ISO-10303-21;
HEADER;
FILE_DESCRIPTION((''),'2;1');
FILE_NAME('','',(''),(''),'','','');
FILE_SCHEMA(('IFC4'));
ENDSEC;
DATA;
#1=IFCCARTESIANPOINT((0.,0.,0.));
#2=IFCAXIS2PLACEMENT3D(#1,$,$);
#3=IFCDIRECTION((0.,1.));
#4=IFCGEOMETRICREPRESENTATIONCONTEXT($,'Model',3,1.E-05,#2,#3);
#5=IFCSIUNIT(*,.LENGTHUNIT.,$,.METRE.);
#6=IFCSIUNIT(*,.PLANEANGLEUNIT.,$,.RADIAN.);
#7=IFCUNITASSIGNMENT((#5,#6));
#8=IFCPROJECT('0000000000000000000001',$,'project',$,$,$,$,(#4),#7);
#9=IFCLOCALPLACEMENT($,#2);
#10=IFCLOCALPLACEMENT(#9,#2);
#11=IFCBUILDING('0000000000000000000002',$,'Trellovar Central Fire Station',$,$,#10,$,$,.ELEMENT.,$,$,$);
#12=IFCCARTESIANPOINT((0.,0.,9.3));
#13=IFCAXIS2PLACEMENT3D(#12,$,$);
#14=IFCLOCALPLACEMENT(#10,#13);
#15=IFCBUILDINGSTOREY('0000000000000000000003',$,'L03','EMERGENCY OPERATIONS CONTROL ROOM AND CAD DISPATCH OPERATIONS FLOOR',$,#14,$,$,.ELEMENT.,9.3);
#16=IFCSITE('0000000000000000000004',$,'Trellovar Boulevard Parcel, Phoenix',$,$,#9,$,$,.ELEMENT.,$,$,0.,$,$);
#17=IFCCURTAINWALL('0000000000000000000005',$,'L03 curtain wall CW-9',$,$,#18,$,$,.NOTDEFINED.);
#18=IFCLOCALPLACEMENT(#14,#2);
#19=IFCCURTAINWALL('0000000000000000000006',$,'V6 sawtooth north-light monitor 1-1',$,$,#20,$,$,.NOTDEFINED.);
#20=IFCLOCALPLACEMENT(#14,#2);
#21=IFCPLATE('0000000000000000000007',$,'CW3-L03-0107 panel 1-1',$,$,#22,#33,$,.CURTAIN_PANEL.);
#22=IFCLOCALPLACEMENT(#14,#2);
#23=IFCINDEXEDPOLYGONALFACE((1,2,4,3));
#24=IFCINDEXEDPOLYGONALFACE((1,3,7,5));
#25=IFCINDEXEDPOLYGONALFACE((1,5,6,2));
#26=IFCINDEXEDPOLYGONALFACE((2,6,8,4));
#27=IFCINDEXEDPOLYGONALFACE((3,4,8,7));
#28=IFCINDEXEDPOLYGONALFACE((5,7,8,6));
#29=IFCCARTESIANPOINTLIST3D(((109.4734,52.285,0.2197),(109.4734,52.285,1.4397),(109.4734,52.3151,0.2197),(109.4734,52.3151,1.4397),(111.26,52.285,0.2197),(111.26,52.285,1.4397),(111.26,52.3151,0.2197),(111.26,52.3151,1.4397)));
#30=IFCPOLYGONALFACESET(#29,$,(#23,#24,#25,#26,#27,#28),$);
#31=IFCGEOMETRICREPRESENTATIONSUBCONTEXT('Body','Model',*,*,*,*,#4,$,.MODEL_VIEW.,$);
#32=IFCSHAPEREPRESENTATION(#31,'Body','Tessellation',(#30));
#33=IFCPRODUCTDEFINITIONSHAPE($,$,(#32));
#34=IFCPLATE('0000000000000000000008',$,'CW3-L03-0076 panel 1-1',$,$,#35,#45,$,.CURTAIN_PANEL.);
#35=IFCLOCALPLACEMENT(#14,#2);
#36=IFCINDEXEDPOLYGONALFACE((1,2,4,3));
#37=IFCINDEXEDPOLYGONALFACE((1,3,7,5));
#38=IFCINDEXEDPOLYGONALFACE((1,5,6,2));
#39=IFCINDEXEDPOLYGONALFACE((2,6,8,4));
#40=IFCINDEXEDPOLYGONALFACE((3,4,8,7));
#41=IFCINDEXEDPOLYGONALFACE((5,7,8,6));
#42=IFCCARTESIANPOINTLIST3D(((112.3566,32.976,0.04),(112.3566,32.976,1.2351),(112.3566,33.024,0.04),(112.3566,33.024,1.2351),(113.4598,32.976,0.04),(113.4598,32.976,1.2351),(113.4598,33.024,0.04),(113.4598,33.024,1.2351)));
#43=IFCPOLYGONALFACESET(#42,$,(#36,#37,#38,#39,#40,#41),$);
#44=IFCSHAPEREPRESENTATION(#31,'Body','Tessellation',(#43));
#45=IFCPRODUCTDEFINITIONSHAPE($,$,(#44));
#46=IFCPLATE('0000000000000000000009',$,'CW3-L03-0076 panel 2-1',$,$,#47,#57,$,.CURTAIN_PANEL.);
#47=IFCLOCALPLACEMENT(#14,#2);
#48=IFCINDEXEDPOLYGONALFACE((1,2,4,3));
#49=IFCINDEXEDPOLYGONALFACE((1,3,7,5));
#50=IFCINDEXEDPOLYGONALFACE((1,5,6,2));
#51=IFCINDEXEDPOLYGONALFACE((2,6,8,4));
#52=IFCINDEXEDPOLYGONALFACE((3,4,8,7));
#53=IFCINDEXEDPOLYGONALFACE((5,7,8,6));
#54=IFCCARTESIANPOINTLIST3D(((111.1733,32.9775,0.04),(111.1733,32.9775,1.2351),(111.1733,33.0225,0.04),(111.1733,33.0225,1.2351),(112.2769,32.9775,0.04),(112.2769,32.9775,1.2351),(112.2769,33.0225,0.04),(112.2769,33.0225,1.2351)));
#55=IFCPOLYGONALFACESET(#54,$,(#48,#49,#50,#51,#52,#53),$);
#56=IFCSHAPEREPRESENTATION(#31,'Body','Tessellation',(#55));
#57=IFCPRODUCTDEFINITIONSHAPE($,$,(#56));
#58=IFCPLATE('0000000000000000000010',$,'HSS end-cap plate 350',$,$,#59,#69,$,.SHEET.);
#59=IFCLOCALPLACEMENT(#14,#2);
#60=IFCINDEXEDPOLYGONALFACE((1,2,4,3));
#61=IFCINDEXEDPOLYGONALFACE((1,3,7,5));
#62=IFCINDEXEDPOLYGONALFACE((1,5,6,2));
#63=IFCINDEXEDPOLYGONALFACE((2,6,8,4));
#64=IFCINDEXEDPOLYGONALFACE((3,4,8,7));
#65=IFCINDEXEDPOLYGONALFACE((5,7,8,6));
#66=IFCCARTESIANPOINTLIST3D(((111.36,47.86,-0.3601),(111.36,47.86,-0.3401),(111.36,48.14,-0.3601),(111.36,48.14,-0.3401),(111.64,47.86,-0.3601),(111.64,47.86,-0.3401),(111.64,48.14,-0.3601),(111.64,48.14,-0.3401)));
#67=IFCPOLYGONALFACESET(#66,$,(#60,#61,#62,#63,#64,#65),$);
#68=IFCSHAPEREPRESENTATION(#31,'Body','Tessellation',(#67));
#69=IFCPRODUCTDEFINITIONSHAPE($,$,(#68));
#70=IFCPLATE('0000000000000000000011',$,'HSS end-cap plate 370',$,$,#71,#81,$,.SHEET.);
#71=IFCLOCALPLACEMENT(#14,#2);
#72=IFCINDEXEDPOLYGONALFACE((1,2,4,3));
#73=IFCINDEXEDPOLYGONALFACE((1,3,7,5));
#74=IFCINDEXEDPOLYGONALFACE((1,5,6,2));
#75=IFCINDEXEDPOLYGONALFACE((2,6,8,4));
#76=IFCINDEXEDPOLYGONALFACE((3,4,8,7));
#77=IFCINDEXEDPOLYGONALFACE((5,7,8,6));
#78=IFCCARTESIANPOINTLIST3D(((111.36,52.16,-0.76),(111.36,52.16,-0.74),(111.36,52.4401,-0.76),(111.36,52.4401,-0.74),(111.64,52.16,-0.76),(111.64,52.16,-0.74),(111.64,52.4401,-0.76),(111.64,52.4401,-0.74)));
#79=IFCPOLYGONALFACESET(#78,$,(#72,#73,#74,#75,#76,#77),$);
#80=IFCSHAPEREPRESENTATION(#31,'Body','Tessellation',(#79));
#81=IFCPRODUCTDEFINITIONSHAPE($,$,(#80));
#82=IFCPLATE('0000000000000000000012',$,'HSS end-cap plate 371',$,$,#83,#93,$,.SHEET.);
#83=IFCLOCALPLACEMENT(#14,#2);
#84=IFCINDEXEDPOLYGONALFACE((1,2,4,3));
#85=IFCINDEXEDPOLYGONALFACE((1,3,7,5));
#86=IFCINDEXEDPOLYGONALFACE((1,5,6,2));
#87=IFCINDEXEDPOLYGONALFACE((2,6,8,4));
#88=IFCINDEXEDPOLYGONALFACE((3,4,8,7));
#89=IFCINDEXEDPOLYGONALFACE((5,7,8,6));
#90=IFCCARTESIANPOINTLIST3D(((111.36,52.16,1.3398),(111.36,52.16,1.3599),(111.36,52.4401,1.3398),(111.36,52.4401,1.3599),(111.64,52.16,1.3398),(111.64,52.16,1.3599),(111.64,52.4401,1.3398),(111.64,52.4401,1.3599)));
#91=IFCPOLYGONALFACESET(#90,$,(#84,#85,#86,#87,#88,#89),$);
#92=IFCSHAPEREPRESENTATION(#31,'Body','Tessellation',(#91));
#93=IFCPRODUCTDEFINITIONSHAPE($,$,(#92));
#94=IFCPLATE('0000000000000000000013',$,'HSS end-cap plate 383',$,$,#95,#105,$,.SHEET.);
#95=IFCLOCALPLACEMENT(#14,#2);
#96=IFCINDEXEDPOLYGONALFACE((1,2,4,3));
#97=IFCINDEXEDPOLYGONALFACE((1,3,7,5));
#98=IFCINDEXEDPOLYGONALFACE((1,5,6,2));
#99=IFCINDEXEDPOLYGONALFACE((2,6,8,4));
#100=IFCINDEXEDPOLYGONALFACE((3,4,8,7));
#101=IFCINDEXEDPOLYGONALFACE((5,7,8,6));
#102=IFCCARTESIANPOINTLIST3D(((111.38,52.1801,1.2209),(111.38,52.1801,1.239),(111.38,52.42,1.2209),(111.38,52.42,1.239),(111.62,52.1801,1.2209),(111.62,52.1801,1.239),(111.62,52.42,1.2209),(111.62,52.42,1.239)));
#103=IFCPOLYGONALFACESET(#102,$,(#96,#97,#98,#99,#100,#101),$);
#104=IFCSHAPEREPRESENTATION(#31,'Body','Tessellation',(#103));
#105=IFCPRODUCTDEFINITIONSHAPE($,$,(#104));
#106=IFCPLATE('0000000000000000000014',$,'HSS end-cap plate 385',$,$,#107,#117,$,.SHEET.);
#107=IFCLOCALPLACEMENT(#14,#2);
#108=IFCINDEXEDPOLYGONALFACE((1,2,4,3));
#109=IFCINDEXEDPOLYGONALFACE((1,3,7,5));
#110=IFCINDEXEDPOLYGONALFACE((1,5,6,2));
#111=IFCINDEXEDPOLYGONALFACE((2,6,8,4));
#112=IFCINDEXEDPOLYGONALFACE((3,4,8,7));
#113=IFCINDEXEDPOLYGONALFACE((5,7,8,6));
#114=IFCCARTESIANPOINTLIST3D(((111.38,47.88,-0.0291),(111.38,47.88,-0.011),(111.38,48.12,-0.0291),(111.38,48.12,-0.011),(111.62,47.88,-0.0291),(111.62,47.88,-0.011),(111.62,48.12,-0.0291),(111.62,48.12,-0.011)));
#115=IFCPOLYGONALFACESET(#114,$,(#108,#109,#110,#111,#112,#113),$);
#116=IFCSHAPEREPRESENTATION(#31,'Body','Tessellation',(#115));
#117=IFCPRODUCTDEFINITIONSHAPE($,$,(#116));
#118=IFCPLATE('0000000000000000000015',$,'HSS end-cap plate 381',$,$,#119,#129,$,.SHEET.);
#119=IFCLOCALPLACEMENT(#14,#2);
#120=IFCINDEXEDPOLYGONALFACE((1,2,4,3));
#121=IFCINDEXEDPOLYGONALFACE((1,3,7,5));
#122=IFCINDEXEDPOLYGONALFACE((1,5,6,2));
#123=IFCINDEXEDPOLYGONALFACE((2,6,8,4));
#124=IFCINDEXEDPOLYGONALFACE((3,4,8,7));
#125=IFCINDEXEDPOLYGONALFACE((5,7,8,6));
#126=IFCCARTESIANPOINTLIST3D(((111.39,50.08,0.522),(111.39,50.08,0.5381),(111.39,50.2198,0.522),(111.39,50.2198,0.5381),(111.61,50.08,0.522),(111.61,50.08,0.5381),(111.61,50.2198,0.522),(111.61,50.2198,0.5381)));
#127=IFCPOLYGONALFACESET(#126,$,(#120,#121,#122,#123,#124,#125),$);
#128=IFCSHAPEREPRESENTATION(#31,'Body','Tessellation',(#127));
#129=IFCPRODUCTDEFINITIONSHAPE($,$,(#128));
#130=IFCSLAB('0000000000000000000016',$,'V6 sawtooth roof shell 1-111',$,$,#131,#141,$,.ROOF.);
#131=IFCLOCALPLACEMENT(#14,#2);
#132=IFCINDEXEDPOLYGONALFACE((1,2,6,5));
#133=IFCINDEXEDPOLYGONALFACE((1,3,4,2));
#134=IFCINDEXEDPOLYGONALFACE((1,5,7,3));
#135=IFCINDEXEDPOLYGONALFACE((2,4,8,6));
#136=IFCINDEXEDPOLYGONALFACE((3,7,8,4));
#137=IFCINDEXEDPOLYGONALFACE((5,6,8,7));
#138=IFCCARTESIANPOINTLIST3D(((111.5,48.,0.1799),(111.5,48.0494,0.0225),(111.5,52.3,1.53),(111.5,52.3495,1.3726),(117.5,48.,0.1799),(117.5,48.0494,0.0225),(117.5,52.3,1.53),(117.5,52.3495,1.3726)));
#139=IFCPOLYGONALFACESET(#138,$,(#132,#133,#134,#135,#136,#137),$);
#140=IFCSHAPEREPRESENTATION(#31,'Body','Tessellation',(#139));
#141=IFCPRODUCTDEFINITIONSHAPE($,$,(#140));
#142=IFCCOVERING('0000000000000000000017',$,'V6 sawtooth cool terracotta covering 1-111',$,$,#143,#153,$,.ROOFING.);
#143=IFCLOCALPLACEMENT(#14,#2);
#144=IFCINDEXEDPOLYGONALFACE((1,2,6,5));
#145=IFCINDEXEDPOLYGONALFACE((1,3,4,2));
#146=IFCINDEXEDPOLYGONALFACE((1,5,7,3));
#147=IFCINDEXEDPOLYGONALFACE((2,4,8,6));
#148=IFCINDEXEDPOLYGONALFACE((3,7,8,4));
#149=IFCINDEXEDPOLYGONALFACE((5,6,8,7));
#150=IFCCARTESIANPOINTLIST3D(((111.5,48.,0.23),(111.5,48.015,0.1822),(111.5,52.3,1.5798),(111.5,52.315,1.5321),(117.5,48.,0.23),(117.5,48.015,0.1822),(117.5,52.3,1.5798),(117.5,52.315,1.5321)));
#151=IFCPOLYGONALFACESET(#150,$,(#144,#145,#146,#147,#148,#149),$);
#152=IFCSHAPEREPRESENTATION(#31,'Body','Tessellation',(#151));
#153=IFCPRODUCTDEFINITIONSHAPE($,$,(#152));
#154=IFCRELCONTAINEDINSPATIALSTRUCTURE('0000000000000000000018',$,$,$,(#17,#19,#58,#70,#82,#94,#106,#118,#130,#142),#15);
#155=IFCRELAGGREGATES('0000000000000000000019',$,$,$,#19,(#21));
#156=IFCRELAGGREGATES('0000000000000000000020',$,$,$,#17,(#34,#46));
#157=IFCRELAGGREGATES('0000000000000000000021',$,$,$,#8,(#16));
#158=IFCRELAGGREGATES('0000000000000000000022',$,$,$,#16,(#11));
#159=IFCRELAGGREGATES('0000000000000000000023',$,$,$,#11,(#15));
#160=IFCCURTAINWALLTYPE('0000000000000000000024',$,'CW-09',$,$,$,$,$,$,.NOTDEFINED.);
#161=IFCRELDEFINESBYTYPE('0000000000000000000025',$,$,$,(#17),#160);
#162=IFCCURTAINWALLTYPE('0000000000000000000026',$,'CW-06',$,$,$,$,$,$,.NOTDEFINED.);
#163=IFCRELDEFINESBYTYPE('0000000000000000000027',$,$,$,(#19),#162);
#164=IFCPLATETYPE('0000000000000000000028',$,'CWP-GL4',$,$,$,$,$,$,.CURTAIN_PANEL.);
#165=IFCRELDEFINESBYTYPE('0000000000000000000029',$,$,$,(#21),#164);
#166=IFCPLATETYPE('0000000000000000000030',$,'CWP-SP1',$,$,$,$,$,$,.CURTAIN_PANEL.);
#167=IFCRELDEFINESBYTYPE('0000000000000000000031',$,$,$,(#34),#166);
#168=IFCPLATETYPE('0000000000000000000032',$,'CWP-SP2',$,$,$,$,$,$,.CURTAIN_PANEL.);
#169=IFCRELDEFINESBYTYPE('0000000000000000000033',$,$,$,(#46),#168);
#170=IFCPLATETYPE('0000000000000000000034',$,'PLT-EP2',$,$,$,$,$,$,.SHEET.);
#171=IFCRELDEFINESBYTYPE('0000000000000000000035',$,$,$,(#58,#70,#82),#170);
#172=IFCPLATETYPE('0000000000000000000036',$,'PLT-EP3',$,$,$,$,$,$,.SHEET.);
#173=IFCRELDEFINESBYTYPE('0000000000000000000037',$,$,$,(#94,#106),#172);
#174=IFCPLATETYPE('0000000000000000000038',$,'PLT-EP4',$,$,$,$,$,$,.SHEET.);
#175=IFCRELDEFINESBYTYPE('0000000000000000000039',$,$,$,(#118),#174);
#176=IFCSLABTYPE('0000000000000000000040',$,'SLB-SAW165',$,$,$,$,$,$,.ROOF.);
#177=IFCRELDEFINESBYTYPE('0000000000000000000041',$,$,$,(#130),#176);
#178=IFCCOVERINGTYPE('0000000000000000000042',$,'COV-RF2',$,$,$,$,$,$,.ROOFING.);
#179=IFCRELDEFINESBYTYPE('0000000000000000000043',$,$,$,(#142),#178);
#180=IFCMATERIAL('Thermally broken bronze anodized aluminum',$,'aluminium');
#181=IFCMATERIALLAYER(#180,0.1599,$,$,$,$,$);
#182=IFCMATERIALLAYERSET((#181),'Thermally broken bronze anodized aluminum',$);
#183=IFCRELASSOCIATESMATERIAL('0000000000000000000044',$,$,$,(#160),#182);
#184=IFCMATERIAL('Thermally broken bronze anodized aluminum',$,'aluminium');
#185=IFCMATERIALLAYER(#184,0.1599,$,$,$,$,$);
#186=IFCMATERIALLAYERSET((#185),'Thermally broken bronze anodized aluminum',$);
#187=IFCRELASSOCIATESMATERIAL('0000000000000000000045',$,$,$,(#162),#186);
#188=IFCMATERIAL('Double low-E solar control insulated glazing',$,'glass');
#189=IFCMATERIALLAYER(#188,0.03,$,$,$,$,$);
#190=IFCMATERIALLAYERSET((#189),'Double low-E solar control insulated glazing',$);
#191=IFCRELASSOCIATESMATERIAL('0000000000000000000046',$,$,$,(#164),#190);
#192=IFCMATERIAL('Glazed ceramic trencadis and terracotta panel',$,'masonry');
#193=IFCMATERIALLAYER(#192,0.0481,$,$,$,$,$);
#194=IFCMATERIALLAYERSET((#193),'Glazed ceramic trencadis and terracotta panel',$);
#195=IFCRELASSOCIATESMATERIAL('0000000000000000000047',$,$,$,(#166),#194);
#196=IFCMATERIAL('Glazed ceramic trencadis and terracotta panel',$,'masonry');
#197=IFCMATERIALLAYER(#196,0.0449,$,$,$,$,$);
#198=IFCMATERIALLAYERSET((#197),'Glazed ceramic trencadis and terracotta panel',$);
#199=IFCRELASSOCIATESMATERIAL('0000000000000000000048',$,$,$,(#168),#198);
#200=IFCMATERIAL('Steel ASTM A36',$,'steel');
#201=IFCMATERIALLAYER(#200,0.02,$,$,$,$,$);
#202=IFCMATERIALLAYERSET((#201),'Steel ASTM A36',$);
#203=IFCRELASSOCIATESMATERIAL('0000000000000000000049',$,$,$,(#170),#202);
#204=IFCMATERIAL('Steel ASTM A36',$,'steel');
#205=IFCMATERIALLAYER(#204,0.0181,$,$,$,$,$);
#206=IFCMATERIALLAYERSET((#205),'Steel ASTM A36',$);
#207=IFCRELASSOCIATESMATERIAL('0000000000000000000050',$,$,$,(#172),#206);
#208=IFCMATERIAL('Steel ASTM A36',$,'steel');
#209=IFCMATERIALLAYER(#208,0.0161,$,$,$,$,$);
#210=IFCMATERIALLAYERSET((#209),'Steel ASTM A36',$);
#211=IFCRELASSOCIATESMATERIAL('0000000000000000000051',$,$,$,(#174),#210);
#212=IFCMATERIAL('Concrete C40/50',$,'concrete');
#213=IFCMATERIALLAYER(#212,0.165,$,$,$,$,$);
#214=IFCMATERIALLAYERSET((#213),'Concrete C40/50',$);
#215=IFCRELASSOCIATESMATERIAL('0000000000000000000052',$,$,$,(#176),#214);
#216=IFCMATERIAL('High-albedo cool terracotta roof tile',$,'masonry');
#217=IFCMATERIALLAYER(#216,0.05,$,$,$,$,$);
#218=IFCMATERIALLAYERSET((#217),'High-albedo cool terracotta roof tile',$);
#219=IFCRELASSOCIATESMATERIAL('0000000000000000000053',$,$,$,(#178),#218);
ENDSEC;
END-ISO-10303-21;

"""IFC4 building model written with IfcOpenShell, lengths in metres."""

from ifc_helpers import new_model, si_unit, direction, frame, origin, origin_2d, place, context, subcontext, project, spatial, polyline, rectangle, outline, extrude, material, layer, layer_set, type_object, element, aggregate, save


model = new_model("IFC4")

# Units and contexts
model_context = context("Model", 3, precision=1e-05, world=origin(), true_north=direction((0.0, 1.0)))
body_context = subcontext(model_context, "Body", "Model", "MODEL_VIEW")
ifc_project = project(units=[si_unit("LENGTHUNIT", "METRE"), si_unit("PLANEANGLEUNIT", "RADIAN")], contexts=[model_context])

# Site, building, storey
site_placement = place(None, origin())
site = spatial("IfcSite", under=ifc_project, at=site_placement, Name="Trellovar Boulevard Parcel, Phoenix", CompositionType="ELEMENT", RefElevation=0.0)
building_placement = place(site_placement, origin())
building = spatial("IfcBuilding", under=site, at=building_placement, Name="Trellovar Central Fire Station", CompositionType="ELEMENT")
storey_placement = place(building_placement, frame((0.0, 0.0, 9.3)))
storey = spatial("IfcBuildingStorey", under=building, at=storey_placement, Name="L03", Description="EMERGENCY OPERATIONS CONTROL ROOM AND CAD DISPATCH OPERATIONS FLOOR", CompositionType="ELEMENT", Elevation=9.3)

# Curtain walls
ifc_material_1 = material(Name="Thermally broken bronze anodized aluminum", Category="aluminium")
ifc_layer_1 = layer(ifc_material_1, 0.1599)
ifc_layer_set_1 = layer_set([ifc_layer_1], Name="Thermally broken bronze anodized aluminum")
curtain_wall_type_1 = type_object("IfcCurtainWallType", Name="CW-09", PredefinedType="NOTDEFINED", material=ifc_layer_set_1)
curtain_wall_1_placement = place(storey_placement, origin())
curtain_wall_1 = element("IfcCurtainWall", 1, at=curtain_wall_1_placement, inside=storey, type_object=curtain_wall_type_1, Name="L03 curtain wall CW-9", PredefinedType="NOTDEFINED")
ifc_material_2 = material(Name="Thermally broken bronze anodized aluminum", Category="aluminium")
ifc_layer_2 = layer(ifc_material_2, 0.1599)
ifc_layer_set_2 = layer_set([ifc_layer_2], Name="Thermally broken bronze anodized aluminum")
curtain_wall_type_2 = type_object("IfcCurtainWallType", Name="CW-06", PredefinedType="NOTDEFINED", material=ifc_layer_set_2)
curtain_wall_2_placement = place(storey_placement, origin())
curtain_wall_2 = element("IfcCurtainWall", 2, at=curtain_wall_2_placement, inside=storey, type_object=curtain_wall_type_2, Name="V6 sawtooth north-light monitor 1-1", PredefinedType="NOTDEFINED")

# Plates
ifc_material_3 = material(Name="Double low-E solar control insulated glazing", Category="glass")
ifc_layer_3 = layer(ifc_material_3, 0.03)
ifc_layer_set_3 = layer_set([ifc_layer_3], Name="Double low-E solar control insulated glazing")
plate_type_1 = type_object("IfcPlateType", Name="CWP-GL4", PredefinedType="CURTAIN_PANEL", material=ifc_layer_set_3)
plate_1_placement = place(storey_placement, frame((110.3667, 52.3, 0.2197), z_axis=(0.0, 0.0, 1.0), x_axis=(-1.0, 0.0, 0.0)))
plate_1 = element("IfcPlate", 3, at=plate_1_placement, type_object=plate_type_1, Name="CW3-L03-0107 panel 1-1", PredefinedType="CURTAIN_PANEL", context=body_context, shape_type="SweptSolid", body=[
    extrude(rectangle(XDim=1.7866, YDim=0.03, at=origin_2d()), origin(), (0.0, 0.0, 1.0), 1.22),
])
aggregate(curtain_wall_2, [plate_1])
ifc_material_4 = material(Name="Glazed ceramic trencadis and terracotta panel", Category="masonry")
ifc_layer_4 = layer(ifc_material_4, 0.0481)
ifc_layer_set_4 = layer_set([ifc_layer_4], Name="Glazed ceramic trencadis and terracotta panel")
plate_type_2 = type_object("IfcPlateType", Name="CWP-SP1", PredefinedType="CURTAIN_PANEL", material=ifc_layer_set_4)
plate_2_placement = place(storey_placement, frame((112.9082, 33.0, 0.04), z_axis=(0.0, 0.0, 1.0), x_axis=(-1.0, 0.0, 0.0)))
plate_2 = element("IfcPlate", 4, at=plate_2_placement, type_object=plate_type_2, Name="CW3-L03-0076 panel 1-1", PredefinedType="CURTAIN_PANEL", context=body_context, shape_type="SweptSolid", body=[
    extrude(rectangle(XDim=1.1033, YDim=0.0481, at=origin_2d()), origin(), (0.0, 0.0, 1.0), 1.1951),
])
ifc_material_5 = material(Name="Glazed ceramic trencadis and terracotta panel", Category="masonry")
ifc_layer_5 = layer(ifc_material_5, 0.0449)
ifc_layer_set_5 = layer_set([ifc_layer_5], Name="Glazed ceramic trencadis and terracotta panel")
plate_type_3 = type_object("IfcPlateType", Name="CWP-SP2", PredefinedType="CURTAIN_PANEL", material=ifc_layer_set_5)
plate_3_placement = place(storey_placement, frame((111.7251, 33.0, 0.04), z_axis=(0.0, 0.0, 1.0), x_axis=(-1.0, 0.0, 0.0)))
plate_3 = element("IfcPlate", 5, at=plate_3_placement, type_object=plate_type_3, Name="CW3-L03-0076 panel 2-1", PredefinedType="CURTAIN_PANEL", context=body_context, shape_type="SweptSolid", body=[
    extrude(rectangle(XDim=1.1035, YDim=0.0449, at=origin_2d()), origin(), (0.0, 0.0, 1.0), 1.1951),
])
aggregate(curtain_wall_1, [plate_2, plate_3])

# Plates
ifc_material_6 = material(Name="Steel ASTM A36", Category="steel")
ifc_layer_6 = layer(ifc_material_6, 0.02)
ifc_layer_set_6 = layer_set([ifc_layer_6], Name="Steel ASTM A36")
plate_type_4 = type_object("IfcPlateType", Name="PLT-EP2", PredefinedType="SHEET", material=ifc_layer_set_6)
for number, where, z_axis, x_axis, name in (
    (6, (111.5, 48.0, -0.3601), (0.0, 0.0, 1.0), (1.0, 0.0, 0.0), "HSS end-cap plate 350"),
    (7, (111.5, 52.3, -0.76), (0.0, 0.0, 1.0), (1.0, 0.0, 0.0), "HSS end-cap plate 370"),
    (8, (111.5, 52.3, 1.3398), (0.0, 0.0, 1.0), (1.0, 0.0, 0.0), "HSS end-cap plate 371"),
):
    element("IfcPlate", number, at=place(storey_placement, frame(where, z_axis=z_axis, x_axis=x_axis)), inside=storey, type_object=plate_type_4, Name=name, PredefinedType="SHEET", context=body_context, shape_type="SweptSolid", body=[
        extrude(rectangle(XDim=0.28, YDim=0.28, at=origin_2d()), origin(), (0.0, 0.0, 1.0), 0.02),
    ])
ifc_material_7 = material(Name="Steel ASTM A36", Category="steel")
ifc_layer_7 = layer(ifc_material_7, 0.0181)
ifc_layer_set_7 = layer_set([ifc_layer_7], Name="Steel ASTM A36")
plate_type_5 = type_object("IfcPlateType", Name="PLT-EP3", PredefinedType="SHEET", material=ifc_layer_set_7)
for number, where, z_axis, x_axis, name in (
    (9, (111.5, 52.3, 1.2209), (0.0, 0.0, 1.0), (1.0, 0.0, 0.0), "HSS end-cap plate 383"),
    (10, (111.5, 48.0, -0.0291), (0.0, 0.0, 1.0), (1.0, 0.0, 0.0), "HSS end-cap plate 385"),
):
    element("IfcPlate", number, at=place(storey_placement, frame(where, z_axis=z_axis, x_axis=x_axis)), inside=storey, type_object=plate_type_5, Name=name, PredefinedType="SHEET", context=body_context, shape_type="SweptSolid", body=[
        extrude(rectangle(XDim=0.24, YDim=0.24, at=origin_2d()), origin(), (0.0, 0.0, 1.0), 0.0181),
    ])
ifc_material_8 = material(Name="Steel ASTM A36", Category="steel")
ifc_layer_8 = layer(ifc_material_8, 0.0161)
ifc_layer_set_8 = layer_set([ifc_layer_8], Name="Steel ASTM A36")
plate_type_6 = type_object("IfcPlateType", Name="PLT-EP4", PredefinedType="SHEET", material=ifc_layer_set_8)
plate_4_placement = place(storey_placement, frame((111.5, 50.1499, 0.522), z_axis=(0.0, 0.0, 1.0), x_axis=(1.0, 0.0, 0.0)))
element("IfcPlate", 11, at=plate_4_placement, inside=storey, type_object=plate_type_6, Name="HSS end-cap plate 381", PredefinedType="SHEET", context=body_context, shape_type="SweptSolid", body=[
    extrude(rectangle(XDim=0.22, YDim=0.1399, at=origin_2d()), origin(), (0.0, 0.0, 1.0), 0.0161),
])

# Slab
ifc_material_9 = material(Name="Concrete C40/50", Category="concrete")
ifc_layer_9 = layer(ifc_material_9, 0.165)
ifc_layer_set_9 = layer_set([ifc_layer_9], Name="Concrete C40/50")
slab_type = type_object("IfcSlabType", Name="SLB-SAW165", PredefinedType="ROOF", material=ifc_layer_set_9)
slab_placement = place(storey_placement, frame((111.5, 48.0, 0.1799), z_axis=(0.0, -0.299555, 0.954079), x_axis=(1.0, 0.0, 0.0)))
element("IfcSlab", 12, at=slab_placement, inside=storey, type_object=slab_type, Name="V6 sawtooth roof shell 1-111", PredefinedType="ROOF", context=body_context, shape_type="SweptSolid", body=[
    extrude(outline(polyline([(0.0, 0.0), (6.0, 0.0), (6.0, 4.507), (0.0, 4.507), (0.0, 0.0)])), origin(), (0.0, 0.0, -1.0), 0.165),
])

# Covering
ifc_material_10 = material(Name="High-albedo cool terracotta roof tile", Category="masonry")
ifc_layer_10 = layer(ifc_material_10, 0.05)
ifc_layer_set_10 = layer_set([ifc_layer_10], Name="High-albedo cool terracotta roof tile")
covering_type = type_object("IfcCoveringType", Name="COV-RF2", PredefinedType="ROOFING", material=ifc_layer_set_10)
covering_placement = place(storey_placement, frame((111.5, 48.0, 0.23), z_axis=(0.0, -0.299505, 0.954095), x_axis=(1.0, 0.0, 0.0)))
element("IfcCovering", 13, at=covering_placement, inside=storey, type_object=covering_type, Name="V6 sawtooth cool terracotta covering 1-111", PredefinedType="ROOFING", context=body_context, shape_type="SweptSolid", body=[
    extrude(outline(polyline([(0.0, 0.0), (6.0, 0.0), (6.0, 4.5069), (0.0, 4.5069), (0.0, 0.0)])), origin(), (0.0, 0.0, -1.0), 0.05),
])

save(model, "model.ifc")
